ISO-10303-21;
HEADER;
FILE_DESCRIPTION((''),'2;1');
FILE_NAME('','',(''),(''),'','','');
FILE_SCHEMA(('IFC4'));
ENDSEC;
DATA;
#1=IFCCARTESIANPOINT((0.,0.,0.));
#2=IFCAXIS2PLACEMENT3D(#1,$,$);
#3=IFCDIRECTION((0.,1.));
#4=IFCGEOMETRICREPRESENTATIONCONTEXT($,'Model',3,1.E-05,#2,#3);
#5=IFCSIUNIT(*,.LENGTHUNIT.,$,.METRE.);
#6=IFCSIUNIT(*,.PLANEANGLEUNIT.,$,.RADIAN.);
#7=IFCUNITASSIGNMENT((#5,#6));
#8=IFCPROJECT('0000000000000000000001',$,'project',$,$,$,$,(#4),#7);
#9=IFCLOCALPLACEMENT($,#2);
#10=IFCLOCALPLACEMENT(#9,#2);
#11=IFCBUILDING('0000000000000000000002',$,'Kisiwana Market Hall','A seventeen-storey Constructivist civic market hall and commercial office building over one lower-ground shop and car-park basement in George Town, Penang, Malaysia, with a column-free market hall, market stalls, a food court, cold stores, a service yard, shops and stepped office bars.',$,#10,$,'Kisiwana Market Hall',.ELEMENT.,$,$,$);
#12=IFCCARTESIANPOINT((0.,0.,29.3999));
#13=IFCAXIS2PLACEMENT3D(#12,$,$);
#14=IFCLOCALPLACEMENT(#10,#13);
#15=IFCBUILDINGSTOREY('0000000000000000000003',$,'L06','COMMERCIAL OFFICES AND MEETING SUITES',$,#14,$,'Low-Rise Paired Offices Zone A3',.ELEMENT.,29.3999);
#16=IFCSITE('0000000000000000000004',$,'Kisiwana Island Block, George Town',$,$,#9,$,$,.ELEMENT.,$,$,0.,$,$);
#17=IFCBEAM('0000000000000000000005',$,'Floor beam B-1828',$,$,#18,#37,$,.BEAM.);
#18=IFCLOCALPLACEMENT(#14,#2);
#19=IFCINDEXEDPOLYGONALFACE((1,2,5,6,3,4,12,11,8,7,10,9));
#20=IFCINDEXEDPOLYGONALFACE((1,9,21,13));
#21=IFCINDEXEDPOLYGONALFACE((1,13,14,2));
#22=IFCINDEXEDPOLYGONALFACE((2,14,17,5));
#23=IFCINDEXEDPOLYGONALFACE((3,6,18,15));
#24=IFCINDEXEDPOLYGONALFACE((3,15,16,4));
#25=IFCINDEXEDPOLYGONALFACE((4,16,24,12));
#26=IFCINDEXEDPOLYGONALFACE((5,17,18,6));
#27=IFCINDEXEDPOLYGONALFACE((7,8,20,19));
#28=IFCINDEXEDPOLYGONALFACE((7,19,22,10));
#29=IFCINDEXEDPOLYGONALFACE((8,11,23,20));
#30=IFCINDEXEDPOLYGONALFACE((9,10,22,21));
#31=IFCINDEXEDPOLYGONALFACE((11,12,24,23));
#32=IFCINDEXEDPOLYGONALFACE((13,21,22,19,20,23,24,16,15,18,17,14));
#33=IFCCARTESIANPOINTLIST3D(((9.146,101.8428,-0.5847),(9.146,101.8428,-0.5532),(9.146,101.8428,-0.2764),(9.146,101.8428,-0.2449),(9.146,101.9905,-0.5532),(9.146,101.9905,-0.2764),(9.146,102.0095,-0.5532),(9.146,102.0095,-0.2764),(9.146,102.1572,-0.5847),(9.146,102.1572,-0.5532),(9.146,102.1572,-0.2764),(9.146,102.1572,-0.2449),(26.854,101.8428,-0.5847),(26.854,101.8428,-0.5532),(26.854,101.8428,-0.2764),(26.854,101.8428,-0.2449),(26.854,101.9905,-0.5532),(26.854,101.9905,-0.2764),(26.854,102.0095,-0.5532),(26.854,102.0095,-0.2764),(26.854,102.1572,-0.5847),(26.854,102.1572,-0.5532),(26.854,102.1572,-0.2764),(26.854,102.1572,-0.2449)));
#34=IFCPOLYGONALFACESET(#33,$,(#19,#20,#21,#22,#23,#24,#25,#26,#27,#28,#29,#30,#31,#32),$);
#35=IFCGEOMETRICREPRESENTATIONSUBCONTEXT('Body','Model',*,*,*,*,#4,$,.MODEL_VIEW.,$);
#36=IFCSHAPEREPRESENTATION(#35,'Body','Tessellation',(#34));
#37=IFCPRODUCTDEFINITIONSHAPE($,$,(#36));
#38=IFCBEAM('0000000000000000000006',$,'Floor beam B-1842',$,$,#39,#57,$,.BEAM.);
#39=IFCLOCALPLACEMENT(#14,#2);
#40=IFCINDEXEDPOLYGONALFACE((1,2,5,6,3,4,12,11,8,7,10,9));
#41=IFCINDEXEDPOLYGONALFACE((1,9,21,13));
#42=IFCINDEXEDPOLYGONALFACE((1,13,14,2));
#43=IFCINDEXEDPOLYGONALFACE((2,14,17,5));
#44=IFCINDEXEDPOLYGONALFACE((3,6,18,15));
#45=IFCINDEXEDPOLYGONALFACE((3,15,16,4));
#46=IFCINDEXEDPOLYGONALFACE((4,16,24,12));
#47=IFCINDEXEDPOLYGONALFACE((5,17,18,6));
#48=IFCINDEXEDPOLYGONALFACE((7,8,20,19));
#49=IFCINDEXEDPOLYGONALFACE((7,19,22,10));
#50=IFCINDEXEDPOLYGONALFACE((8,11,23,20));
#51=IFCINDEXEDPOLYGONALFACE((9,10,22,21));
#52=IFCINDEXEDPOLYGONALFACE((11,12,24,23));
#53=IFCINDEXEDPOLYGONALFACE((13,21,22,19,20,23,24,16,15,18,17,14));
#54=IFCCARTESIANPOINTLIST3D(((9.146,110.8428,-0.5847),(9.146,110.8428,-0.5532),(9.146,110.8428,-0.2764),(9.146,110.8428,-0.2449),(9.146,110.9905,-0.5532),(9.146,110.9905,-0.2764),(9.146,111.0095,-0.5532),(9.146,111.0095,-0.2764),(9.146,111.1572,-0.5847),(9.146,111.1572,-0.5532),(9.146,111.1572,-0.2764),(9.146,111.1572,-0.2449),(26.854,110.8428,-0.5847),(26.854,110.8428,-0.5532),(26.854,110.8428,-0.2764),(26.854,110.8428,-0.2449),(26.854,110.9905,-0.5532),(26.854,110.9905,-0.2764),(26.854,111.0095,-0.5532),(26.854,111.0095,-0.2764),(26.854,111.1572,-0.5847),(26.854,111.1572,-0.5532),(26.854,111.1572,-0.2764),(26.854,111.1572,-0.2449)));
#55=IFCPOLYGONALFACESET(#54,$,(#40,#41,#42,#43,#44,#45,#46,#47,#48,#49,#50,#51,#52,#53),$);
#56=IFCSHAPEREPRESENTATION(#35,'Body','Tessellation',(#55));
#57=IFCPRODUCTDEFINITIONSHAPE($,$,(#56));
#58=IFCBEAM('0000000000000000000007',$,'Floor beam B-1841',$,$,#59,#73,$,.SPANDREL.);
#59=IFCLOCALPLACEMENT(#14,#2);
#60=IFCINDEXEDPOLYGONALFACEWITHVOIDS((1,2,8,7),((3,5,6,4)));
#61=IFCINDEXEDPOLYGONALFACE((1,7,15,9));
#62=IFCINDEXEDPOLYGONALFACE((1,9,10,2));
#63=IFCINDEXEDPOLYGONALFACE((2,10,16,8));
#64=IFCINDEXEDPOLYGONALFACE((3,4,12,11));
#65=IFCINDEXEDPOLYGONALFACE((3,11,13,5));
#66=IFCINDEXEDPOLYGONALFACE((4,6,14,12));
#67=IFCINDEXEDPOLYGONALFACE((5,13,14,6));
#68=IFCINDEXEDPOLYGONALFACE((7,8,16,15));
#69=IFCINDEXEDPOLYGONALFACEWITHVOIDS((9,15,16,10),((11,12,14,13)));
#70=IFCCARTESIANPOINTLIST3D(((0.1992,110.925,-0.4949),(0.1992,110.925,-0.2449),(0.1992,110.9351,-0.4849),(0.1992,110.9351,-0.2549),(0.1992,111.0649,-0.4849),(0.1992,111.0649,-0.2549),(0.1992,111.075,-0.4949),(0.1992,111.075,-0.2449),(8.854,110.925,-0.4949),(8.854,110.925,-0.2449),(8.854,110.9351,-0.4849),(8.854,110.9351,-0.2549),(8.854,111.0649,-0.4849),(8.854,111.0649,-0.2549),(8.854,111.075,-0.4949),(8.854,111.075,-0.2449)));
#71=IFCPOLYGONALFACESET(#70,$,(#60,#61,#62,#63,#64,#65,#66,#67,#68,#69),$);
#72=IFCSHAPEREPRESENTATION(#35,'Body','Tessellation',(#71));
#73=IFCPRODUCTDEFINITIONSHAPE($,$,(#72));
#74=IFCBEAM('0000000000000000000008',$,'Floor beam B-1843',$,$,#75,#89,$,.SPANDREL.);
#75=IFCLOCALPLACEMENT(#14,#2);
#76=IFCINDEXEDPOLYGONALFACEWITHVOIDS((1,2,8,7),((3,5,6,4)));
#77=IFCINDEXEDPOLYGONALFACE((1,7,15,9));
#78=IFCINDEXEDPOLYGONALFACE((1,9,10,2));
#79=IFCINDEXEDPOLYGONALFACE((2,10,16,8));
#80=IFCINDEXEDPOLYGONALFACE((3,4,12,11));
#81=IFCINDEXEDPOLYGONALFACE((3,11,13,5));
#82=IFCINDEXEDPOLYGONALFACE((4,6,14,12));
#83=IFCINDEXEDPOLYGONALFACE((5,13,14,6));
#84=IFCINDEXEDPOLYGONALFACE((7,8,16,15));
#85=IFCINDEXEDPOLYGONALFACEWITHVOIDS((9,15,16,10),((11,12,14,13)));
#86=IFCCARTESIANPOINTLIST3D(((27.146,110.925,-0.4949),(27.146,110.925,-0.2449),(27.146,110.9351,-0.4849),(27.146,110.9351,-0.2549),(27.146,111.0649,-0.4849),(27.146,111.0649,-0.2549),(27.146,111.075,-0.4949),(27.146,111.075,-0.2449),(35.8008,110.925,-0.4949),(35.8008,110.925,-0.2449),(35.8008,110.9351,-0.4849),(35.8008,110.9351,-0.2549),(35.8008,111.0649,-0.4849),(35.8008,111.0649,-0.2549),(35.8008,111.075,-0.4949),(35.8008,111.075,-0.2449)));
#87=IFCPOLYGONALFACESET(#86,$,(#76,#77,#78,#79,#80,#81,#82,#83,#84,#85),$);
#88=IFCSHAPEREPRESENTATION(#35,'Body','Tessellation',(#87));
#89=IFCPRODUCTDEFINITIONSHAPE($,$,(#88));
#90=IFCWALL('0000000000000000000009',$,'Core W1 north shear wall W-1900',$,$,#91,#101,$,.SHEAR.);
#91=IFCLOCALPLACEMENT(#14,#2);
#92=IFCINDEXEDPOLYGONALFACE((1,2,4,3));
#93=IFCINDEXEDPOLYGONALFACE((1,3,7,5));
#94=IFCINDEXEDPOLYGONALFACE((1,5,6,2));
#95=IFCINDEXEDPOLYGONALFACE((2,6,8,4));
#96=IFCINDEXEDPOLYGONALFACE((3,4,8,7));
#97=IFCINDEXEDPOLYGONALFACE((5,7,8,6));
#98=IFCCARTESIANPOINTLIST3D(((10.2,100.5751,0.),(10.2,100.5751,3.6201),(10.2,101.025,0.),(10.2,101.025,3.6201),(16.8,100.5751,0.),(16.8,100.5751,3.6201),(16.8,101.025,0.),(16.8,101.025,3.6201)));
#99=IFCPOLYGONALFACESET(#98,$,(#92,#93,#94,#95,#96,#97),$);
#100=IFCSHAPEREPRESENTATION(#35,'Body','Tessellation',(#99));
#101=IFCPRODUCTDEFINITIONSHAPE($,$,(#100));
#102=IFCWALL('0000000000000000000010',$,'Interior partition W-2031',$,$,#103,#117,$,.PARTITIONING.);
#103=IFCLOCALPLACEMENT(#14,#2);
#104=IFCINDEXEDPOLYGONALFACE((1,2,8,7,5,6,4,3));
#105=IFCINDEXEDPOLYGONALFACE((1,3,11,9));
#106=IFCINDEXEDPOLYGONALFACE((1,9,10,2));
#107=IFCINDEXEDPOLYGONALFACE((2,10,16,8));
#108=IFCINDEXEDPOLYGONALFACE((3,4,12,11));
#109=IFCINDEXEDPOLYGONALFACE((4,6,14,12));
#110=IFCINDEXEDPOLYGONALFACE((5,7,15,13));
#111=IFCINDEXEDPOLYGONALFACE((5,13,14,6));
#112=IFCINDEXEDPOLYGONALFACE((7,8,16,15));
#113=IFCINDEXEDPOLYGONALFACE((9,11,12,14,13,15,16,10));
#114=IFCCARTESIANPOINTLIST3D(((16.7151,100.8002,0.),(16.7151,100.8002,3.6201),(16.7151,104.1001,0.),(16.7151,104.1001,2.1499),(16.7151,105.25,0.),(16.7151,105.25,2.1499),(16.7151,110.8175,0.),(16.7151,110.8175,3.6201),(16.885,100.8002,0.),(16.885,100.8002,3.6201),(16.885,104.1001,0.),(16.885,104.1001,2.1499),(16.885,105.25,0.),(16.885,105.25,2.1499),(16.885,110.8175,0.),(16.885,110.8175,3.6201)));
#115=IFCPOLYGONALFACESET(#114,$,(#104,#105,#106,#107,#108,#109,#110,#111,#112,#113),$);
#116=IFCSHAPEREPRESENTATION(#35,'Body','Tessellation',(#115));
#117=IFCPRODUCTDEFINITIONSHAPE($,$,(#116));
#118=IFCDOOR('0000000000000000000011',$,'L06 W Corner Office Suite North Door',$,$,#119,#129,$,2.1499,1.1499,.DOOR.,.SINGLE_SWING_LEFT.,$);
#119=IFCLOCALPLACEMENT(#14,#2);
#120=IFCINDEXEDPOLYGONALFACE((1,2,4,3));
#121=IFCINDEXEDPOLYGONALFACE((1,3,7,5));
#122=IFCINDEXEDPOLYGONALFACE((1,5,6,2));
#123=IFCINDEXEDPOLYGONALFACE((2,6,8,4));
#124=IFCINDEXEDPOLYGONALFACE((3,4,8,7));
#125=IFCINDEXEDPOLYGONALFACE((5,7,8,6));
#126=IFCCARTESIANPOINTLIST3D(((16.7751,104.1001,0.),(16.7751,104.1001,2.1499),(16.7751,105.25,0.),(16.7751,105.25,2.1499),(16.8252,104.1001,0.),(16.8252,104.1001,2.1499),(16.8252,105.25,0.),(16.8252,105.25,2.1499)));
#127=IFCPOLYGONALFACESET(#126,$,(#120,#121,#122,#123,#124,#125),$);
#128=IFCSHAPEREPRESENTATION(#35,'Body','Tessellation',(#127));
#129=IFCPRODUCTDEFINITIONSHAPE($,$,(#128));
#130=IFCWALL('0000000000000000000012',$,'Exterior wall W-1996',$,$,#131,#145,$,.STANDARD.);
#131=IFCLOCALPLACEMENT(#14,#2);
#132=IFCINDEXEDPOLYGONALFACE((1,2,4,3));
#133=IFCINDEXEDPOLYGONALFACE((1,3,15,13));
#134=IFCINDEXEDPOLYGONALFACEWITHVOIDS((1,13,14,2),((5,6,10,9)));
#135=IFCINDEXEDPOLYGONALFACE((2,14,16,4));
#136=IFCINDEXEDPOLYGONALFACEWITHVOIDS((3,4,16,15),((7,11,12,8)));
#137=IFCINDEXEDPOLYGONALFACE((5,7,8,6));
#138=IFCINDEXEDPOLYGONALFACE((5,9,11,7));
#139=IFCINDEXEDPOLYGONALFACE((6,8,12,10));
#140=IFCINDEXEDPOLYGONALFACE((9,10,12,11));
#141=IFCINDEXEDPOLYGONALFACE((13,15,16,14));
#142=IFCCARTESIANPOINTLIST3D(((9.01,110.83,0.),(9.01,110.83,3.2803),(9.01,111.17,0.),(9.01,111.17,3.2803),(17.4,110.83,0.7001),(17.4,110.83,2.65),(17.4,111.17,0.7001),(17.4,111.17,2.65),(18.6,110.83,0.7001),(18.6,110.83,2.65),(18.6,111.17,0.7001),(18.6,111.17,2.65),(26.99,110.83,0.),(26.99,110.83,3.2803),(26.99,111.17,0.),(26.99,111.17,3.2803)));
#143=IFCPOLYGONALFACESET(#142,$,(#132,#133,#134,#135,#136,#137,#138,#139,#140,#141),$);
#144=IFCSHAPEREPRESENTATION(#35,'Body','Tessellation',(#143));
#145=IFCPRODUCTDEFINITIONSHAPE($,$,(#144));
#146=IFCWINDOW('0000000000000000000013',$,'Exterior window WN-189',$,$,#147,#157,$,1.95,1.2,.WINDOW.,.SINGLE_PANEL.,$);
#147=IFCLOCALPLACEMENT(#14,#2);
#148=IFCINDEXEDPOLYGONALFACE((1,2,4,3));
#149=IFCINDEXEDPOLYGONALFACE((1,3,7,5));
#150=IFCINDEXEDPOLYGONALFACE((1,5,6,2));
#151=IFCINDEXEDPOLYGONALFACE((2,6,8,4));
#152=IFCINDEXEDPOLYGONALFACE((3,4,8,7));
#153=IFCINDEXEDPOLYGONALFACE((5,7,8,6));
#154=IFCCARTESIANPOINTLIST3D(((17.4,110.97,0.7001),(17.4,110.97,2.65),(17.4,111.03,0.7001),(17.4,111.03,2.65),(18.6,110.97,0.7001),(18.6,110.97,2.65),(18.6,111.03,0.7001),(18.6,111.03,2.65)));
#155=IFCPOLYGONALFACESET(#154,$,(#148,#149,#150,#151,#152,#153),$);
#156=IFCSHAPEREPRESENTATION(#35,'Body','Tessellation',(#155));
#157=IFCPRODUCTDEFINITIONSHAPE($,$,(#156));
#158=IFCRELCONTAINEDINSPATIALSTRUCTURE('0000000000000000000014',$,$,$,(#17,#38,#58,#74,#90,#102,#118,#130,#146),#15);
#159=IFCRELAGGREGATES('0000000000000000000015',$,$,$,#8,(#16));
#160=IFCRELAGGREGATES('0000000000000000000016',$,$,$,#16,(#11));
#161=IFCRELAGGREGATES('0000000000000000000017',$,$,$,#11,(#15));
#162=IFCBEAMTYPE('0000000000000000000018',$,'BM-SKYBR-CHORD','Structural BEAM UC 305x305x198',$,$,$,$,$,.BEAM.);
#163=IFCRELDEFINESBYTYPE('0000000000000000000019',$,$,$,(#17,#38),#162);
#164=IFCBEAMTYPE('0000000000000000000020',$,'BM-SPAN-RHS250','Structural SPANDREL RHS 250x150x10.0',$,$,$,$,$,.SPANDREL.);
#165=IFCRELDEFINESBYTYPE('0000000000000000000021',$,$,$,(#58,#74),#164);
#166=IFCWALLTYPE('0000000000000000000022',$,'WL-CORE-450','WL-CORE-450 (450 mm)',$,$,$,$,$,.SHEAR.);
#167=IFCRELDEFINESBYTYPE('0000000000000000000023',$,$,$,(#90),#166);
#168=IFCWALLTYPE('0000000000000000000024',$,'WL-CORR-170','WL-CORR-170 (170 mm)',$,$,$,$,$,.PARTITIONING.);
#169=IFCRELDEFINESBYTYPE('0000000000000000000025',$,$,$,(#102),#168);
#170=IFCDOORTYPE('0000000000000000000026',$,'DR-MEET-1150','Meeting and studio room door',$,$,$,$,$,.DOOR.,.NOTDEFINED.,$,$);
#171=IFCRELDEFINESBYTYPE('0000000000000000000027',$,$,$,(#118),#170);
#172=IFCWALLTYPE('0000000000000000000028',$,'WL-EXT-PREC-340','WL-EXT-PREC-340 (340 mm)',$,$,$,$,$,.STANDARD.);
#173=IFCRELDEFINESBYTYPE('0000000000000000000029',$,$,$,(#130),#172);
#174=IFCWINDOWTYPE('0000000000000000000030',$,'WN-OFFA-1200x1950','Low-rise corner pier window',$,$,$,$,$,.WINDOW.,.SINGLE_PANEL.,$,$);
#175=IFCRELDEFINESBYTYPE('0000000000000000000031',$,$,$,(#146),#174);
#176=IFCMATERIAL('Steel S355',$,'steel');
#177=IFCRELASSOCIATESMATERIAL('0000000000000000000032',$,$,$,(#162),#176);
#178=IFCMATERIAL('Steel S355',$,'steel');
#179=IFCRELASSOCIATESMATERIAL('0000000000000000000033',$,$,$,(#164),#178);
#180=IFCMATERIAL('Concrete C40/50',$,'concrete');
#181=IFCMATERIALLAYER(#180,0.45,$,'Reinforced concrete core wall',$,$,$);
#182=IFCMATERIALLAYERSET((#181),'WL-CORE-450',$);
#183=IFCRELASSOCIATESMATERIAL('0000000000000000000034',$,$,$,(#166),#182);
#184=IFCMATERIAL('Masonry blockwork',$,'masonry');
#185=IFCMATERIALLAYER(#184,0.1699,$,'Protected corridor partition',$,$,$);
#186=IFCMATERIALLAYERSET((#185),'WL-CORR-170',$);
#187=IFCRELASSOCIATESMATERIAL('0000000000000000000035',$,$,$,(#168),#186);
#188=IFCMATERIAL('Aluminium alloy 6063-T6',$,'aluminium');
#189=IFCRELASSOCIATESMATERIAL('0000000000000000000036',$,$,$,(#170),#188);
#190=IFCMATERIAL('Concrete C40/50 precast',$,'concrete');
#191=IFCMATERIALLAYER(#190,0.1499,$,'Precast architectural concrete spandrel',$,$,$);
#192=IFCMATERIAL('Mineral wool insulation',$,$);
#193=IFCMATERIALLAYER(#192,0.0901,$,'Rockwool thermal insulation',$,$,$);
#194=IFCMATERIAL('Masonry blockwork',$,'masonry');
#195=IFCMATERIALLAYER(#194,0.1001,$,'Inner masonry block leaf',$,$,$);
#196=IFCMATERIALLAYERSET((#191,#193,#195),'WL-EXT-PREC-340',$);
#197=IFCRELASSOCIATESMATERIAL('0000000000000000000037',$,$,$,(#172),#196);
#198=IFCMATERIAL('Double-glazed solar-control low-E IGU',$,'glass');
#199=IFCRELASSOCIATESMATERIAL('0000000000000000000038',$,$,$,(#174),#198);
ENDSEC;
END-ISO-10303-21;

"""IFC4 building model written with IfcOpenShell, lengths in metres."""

from ifc_helpers import new_model, si_unit, direction, frame, frame_2d, origin, origin_2d, place, context, subcontext, project, spatial, rectangle, hollow_rectangle, i_section, extrude, material, layer, layer_set, material_profile, profile_set, type_object, element, fill, save


model = new_model("IFC4")

# Units and contexts
model_context = context("Model", 3, precision=1e-05, world=origin(), true_north=direction((0.0, 1.0)))
body_context = subcontext(model_context, "Body", "Model", "MODEL_VIEW")
ifc_project = project(units=[si_unit("LENGTHUNIT", "METRE"), si_unit("PLANEANGLEUNIT", "RADIAN")], contexts=[model_context])

# Site, building, storey
site_placement = place(None, origin())
site = spatial("IfcSite", under=ifc_project, at=site_placement, Name="Kisiwana Island Block, George Town", CompositionType="ELEMENT", RefElevation=0.0)
building_placement = place(site_placement, origin())
building = spatial("IfcBuilding", under=site, at=building_placement, Name="Kisiwana Market Hall", Description="A seventeen-storey Constructivist civic market hall and commercial office building over one lower-ground shop and car-park basement in George Town, Penang, Malaysia, with a column-free market hall, market stalls, a food court, cold stores, a service yard, shops and stepped office bars.", LongName="Kisiwana Market Hall", CompositionType="ELEMENT")
storey_placement = place(building_placement, frame((0.0, 0.0, 29.3999)))
storey = spatial("IfcBuildingStorey", under=building, at=storey_placement, Name="L06", Description="COMMERCIAL OFFICES AND MEETING SUITES", LongName="Low-Rise Paired Offices Zone A3", CompositionType="ELEMENT", Elevation=29.3999)

# Beams
ifc_material_1 = material(Name="Steel S355", Category="steel")
ifc_material_profile_1 = material_profile(ifc_material_1, i_section(OverallWidth=0.3145, OverallDepth=0.3398, WebThickness=0.019, FlangeThickness=0.0315, at=origin_2d()), Name="UC 305x305x198")
ifc_profile_set_1 = profile_set([ifc_material_profile_1], Name="Steel S355")
beam_type_1 = type_object("IfcBeamType", Name="BM-SKYBR-CHORD", Description="Structural BEAM UC 305x305x198", PredefinedType="BEAM", material=ifc_profile_set_1)
for number, where, z_axis, x_axis, name in (
    (1, (9.146, 102.0, -0.4148), (1.0, 0.0, 0.0), (0.0, 1.0, 0.0), "Floor beam B-1828"),
    (2, (9.146, 111.0, -0.4148), (1.0, 0.0, 0.0), (0.0, 1.0, 0.0), "Floor beam B-1842"),
):
    element("IfcBeam", number, at=place(storey_placement, frame(where, z_axis=z_axis, x_axis=x_axis)), inside=storey, type_object=beam_type_1, Name=name, PredefinedType="BEAM", context=body_context, shape_type="SweptSolid", body=[
        extrude(i_section(OverallWidth=0.3145, OverallDepth=0.3398, WebThickness=0.019, FlangeThickness=0.0315, at=origin_2d()), origin(), (0.0, 0.0, 1.0), 17.708),
    ])
ifc_material_2 = material(Name="Steel S355", Category="steel")
ifc_material_profile_2 = material_profile(ifc_material_2, hollow_rectangle(XDim=0.1499, YDim=0.25, WallThickness=0.01, at=origin_2d()), Name="RHS 250x150x10.0")
ifc_profile_set_2 = profile_set([ifc_material_profile_2], Name="Steel S355")
beam_type_2 = type_object("IfcBeamType", Name="BM-SPAN-RHS250", Description="Structural SPANDREL RHS 250x150x10.0", PredefinedType="SPANDREL", material=ifc_profile_set_2)
for number, where, z_axis, x_axis, name in (
    (3, (0.1992, 111.0, -0.3699), (1.0, 0.0, 0.0), (0.0, 1.0, 0.0), "Floor beam B-1841"),
    (4, (27.146, 111.0, -0.3699), (1.0, 0.0, 0.0), (0.0, 1.0, 0.0), "Floor beam B-1843"),
):
    element("IfcBeam", number, at=place(storey_placement, frame(where, z_axis=z_axis, x_axis=x_axis)), inside=storey, type_object=beam_type_2, Name=name, PredefinedType="SPANDREL", context=body_context, shape_type="SweptSolid", body=[
        extrude(hollow_rectangle(XDim=0.1499, YDim=0.25, WallThickness=0.01, at=origin_2d()), origin(), (0.0, 0.0, 1.0), 8.6548),
    ])

# Wall
ifc_material_3 = material(Name="Concrete C40/50", Category="concrete")
ifc_layer_1 = layer(ifc_material_3, 0.45, Name="Reinforced concrete core wall")
ifc_layer_set_1 = layer_set([ifc_layer_1], Name="WL-CORE-450")
wall_type_1 = type_object("IfcWallType", Name="WL-CORE-450", Description="WL-CORE-450 (450 mm)", PredefinedType="SHEAR", material=ifc_layer_set_1)
wall_1_placement = place(storey_placement, frame((10.2, 100.8, 0.0), z_axis=(0.0, 0.0, 1.0), x_axis=(1.0, 0.0, 0.0)))
element("IfcWall", 5, at=wall_1_placement, inside=storey, type_object=wall_type_1, Name="Core W1 north shear wall W-1900", PredefinedType="SHEAR", context=body_context, shape_type="SweptSolid", body=[
    extrude(rectangle(XDim=6.6001, YDim=0.45, at=frame_2d((3.3, 0.0))), origin(), (0.0, 0.0, 1.0), 3.6201),
])

# Wall, opening, door
ifc_material_4 = material(Name="Masonry blockwork", Category="masonry")
ifc_layer_2 = layer(ifc_material_4, 0.1699, Name="Protected corridor partition")
ifc_layer_set_2 = layer_set([ifc_layer_2], Name="WL-CORR-170")
wall_type_2 = type_object("IfcWallType", Name="WL-CORR-170", Description="WL-CORR-170 (170 mm)", PredefinedType="PARTITIONING", material=ifc_layer_set_2)
wall_2_placement = place(storey_placement, frame((16.8, 100.8, 0.0), z_axis=(0.0, 0.0, 1.0), x_axis=(0.0, 1.0, 0.0)))
wall_2 = element("IfcWall", 6, at=wall_2_placement, inside=storey, type_object=wall_type_2, Name="Interior partition W-2031", PredefinedType="PARTITIONING", context=body_context, shape_type="SweptSolid", body=[
    extrude(rectangle(XDim=10.0173, YDim=0.1699, at=frame_2d((5.0088, 0.0))), origin(), (0.0, 0.0, 1.0), 3.6201),
])
opening_1_placement = place(wall_2_placement, frame((3.3, 0.0, 0.0)))
opening_1 = element("IfcOpeningElement", 7, at=opening_1_placement, cuts=wall_2, PredefinedType="OPENING", context=body_context, shape_type="SweptSolid", body=[
    extrude(rectangle(XDim=1.1499, YDim=2.1499, at=frame_2d((0.575, 1.075))), frame((0.0, 0.0969, 0.0), z_axis=(0.0, -1.0, 0.0), x_axis=(1.0, 0.0, 0.0)), (0.0, 0.0, 1.0), 0.1938),
])
ifc_material_5 = material(Name="Aluminium alloy 6063-T6", Category="aluminium")
door_type = type_object("IfcDoorType", Name="DR-MEET-1150", Description="Meeting and studio room door", OperationType="NOTDEFINED", PredefinedType="DOOR", material=ifc_material_5)
door_placement = place(opening_1_placement, origin())
door = element("IfcDoor", 8, at=door_placement, inside=storey, type_object=door_type, Name="L06 W Corner Office Suite North Door", OperationType="SINGLE_SWING_LEFT", OverallHeight=2.1499, OverallWidth=1.1499, PredefinedType="DOOR", context=body_context, shape_type="SweptSolid", body=[
    extrude(rectangle(XDim=1.1499, YDim=2.1499, at=frame_2d((0.575, 1.075))), frame((0.0, 0.0249, 0.0), z_axis=(0.0, -1.0, 0.0), x_axis=(1.0, 0.0, 0.0)), (0.0, 0.0, 1.0), 0.05),
])
fill(opening_1, door)

# Wall, opening, window
ifc_material_6 = material(Name="Concrete C40/50 precast", Category="concrete")
ifc_layer_3 = layer(ifc_material_6, 0.1499, Name="Precast architectural concrete spandrel")
ifc_material_7 = material(Name="Mineral wool insulation")
ifc_layer_4 = layer(ifc_material_7, 0.0901, Name="Rockwool thermal insulation")
ifc_material_8 = material(Name="Masonry blockwork", Category="masonry")
ifc_layer_5 = layer(ifc_material_8, 0.1001, Name="Inner masonry block leaf")
ifc_layer_set_3 = layer_set([ifc_layer_3, ifc_layer_4, ifc_layer_5], Name="WL-EXT-PREC-340")
wall_type_3 = type_object("IfcWallType", Name="WL-EXT-PREC-340", Description="WL-EXT-PREC-340 (340 mm)", PredefinedType="STANDARD", material=ifc_layer_set_3)
wall_3_placement = place(storey_placement, frame((9.01, 111.0, 0.0), z_axis=(0.0, 0.0, 1.0), x_axis=(1.0, 0.0, 0.0)))
wall_3 = element("IfcWall", 9, at=wall_3_placement, inside=storey, type_object=wall_type_3, Name="Exterior wall W-1996", PredefinedType="STANDARD", context=body_context, shape_type="SweptSolid", body=[
    extrude(rectangle(XDim=17.98, YDim=0.3401, at=frame_2d((8.99, 0.0))), origin(), (0.0, 0.0, 1.0), 3.2803),
])
opening_2_placement = place(wall_3_placement, frame((8.3899, 0.0, 0.7)))
opening_2 = element("IfcOpeningElement", 10, at=opening_2_placement, cuts=wall_3, PredefinedType="OPENING", context=body_context, shape_type="SweptSolid", body=[
    extrude(rectangle(XDim=1.2, YDim=1.95, at=frame_2d((0.6001, 0.9751))), frame((0.0, 0.1821, 0.0), z_axis=(0.0, -1.0, 0.0), x_axis=(1.0, 0.0, 0.0)), (0.0, 0.0, 1.0), 0.364),
])
ifc_material_9 = material(Name="Double-glazed solar-control low-E IGU", Category="glass")
window_type_1 = type_object("IfcWindowType", Name="WN-OFFA-1200x1950", Description="Low-rise corner pier window", PartitioningType="SINGLE_PANEL", PredefinedType="WINDOW", material=ifc_material_9)
window_1_placement = place(opening_2_placement, origin())
window_1 = element("IfcWindow", 11, at=window_1_placement, inside=storey, type_object=window_type_1, Name="Exterior window WN-189", OverallHeight=1.95, OverallWidth=1.2, PartitioningType="SINGLE_PANEL", PredefinedType="WINDOW", context=body_context, shape_type="SweptSolid", body=[
    extrude(rectangle(XDim=1.2, YDim=1.95, at=frame_2d((0.6001, 0.9751))), frame((0.0, 0.03, 0.0), z_axis=(0.0, -1.0, 0.0), x_axis=(1.0, 0.0, 0.0)), (0.0, 0.0, 1.0), 0.0601),
])
fill(opening_2, window_1)

save(model, "model.ifc")
